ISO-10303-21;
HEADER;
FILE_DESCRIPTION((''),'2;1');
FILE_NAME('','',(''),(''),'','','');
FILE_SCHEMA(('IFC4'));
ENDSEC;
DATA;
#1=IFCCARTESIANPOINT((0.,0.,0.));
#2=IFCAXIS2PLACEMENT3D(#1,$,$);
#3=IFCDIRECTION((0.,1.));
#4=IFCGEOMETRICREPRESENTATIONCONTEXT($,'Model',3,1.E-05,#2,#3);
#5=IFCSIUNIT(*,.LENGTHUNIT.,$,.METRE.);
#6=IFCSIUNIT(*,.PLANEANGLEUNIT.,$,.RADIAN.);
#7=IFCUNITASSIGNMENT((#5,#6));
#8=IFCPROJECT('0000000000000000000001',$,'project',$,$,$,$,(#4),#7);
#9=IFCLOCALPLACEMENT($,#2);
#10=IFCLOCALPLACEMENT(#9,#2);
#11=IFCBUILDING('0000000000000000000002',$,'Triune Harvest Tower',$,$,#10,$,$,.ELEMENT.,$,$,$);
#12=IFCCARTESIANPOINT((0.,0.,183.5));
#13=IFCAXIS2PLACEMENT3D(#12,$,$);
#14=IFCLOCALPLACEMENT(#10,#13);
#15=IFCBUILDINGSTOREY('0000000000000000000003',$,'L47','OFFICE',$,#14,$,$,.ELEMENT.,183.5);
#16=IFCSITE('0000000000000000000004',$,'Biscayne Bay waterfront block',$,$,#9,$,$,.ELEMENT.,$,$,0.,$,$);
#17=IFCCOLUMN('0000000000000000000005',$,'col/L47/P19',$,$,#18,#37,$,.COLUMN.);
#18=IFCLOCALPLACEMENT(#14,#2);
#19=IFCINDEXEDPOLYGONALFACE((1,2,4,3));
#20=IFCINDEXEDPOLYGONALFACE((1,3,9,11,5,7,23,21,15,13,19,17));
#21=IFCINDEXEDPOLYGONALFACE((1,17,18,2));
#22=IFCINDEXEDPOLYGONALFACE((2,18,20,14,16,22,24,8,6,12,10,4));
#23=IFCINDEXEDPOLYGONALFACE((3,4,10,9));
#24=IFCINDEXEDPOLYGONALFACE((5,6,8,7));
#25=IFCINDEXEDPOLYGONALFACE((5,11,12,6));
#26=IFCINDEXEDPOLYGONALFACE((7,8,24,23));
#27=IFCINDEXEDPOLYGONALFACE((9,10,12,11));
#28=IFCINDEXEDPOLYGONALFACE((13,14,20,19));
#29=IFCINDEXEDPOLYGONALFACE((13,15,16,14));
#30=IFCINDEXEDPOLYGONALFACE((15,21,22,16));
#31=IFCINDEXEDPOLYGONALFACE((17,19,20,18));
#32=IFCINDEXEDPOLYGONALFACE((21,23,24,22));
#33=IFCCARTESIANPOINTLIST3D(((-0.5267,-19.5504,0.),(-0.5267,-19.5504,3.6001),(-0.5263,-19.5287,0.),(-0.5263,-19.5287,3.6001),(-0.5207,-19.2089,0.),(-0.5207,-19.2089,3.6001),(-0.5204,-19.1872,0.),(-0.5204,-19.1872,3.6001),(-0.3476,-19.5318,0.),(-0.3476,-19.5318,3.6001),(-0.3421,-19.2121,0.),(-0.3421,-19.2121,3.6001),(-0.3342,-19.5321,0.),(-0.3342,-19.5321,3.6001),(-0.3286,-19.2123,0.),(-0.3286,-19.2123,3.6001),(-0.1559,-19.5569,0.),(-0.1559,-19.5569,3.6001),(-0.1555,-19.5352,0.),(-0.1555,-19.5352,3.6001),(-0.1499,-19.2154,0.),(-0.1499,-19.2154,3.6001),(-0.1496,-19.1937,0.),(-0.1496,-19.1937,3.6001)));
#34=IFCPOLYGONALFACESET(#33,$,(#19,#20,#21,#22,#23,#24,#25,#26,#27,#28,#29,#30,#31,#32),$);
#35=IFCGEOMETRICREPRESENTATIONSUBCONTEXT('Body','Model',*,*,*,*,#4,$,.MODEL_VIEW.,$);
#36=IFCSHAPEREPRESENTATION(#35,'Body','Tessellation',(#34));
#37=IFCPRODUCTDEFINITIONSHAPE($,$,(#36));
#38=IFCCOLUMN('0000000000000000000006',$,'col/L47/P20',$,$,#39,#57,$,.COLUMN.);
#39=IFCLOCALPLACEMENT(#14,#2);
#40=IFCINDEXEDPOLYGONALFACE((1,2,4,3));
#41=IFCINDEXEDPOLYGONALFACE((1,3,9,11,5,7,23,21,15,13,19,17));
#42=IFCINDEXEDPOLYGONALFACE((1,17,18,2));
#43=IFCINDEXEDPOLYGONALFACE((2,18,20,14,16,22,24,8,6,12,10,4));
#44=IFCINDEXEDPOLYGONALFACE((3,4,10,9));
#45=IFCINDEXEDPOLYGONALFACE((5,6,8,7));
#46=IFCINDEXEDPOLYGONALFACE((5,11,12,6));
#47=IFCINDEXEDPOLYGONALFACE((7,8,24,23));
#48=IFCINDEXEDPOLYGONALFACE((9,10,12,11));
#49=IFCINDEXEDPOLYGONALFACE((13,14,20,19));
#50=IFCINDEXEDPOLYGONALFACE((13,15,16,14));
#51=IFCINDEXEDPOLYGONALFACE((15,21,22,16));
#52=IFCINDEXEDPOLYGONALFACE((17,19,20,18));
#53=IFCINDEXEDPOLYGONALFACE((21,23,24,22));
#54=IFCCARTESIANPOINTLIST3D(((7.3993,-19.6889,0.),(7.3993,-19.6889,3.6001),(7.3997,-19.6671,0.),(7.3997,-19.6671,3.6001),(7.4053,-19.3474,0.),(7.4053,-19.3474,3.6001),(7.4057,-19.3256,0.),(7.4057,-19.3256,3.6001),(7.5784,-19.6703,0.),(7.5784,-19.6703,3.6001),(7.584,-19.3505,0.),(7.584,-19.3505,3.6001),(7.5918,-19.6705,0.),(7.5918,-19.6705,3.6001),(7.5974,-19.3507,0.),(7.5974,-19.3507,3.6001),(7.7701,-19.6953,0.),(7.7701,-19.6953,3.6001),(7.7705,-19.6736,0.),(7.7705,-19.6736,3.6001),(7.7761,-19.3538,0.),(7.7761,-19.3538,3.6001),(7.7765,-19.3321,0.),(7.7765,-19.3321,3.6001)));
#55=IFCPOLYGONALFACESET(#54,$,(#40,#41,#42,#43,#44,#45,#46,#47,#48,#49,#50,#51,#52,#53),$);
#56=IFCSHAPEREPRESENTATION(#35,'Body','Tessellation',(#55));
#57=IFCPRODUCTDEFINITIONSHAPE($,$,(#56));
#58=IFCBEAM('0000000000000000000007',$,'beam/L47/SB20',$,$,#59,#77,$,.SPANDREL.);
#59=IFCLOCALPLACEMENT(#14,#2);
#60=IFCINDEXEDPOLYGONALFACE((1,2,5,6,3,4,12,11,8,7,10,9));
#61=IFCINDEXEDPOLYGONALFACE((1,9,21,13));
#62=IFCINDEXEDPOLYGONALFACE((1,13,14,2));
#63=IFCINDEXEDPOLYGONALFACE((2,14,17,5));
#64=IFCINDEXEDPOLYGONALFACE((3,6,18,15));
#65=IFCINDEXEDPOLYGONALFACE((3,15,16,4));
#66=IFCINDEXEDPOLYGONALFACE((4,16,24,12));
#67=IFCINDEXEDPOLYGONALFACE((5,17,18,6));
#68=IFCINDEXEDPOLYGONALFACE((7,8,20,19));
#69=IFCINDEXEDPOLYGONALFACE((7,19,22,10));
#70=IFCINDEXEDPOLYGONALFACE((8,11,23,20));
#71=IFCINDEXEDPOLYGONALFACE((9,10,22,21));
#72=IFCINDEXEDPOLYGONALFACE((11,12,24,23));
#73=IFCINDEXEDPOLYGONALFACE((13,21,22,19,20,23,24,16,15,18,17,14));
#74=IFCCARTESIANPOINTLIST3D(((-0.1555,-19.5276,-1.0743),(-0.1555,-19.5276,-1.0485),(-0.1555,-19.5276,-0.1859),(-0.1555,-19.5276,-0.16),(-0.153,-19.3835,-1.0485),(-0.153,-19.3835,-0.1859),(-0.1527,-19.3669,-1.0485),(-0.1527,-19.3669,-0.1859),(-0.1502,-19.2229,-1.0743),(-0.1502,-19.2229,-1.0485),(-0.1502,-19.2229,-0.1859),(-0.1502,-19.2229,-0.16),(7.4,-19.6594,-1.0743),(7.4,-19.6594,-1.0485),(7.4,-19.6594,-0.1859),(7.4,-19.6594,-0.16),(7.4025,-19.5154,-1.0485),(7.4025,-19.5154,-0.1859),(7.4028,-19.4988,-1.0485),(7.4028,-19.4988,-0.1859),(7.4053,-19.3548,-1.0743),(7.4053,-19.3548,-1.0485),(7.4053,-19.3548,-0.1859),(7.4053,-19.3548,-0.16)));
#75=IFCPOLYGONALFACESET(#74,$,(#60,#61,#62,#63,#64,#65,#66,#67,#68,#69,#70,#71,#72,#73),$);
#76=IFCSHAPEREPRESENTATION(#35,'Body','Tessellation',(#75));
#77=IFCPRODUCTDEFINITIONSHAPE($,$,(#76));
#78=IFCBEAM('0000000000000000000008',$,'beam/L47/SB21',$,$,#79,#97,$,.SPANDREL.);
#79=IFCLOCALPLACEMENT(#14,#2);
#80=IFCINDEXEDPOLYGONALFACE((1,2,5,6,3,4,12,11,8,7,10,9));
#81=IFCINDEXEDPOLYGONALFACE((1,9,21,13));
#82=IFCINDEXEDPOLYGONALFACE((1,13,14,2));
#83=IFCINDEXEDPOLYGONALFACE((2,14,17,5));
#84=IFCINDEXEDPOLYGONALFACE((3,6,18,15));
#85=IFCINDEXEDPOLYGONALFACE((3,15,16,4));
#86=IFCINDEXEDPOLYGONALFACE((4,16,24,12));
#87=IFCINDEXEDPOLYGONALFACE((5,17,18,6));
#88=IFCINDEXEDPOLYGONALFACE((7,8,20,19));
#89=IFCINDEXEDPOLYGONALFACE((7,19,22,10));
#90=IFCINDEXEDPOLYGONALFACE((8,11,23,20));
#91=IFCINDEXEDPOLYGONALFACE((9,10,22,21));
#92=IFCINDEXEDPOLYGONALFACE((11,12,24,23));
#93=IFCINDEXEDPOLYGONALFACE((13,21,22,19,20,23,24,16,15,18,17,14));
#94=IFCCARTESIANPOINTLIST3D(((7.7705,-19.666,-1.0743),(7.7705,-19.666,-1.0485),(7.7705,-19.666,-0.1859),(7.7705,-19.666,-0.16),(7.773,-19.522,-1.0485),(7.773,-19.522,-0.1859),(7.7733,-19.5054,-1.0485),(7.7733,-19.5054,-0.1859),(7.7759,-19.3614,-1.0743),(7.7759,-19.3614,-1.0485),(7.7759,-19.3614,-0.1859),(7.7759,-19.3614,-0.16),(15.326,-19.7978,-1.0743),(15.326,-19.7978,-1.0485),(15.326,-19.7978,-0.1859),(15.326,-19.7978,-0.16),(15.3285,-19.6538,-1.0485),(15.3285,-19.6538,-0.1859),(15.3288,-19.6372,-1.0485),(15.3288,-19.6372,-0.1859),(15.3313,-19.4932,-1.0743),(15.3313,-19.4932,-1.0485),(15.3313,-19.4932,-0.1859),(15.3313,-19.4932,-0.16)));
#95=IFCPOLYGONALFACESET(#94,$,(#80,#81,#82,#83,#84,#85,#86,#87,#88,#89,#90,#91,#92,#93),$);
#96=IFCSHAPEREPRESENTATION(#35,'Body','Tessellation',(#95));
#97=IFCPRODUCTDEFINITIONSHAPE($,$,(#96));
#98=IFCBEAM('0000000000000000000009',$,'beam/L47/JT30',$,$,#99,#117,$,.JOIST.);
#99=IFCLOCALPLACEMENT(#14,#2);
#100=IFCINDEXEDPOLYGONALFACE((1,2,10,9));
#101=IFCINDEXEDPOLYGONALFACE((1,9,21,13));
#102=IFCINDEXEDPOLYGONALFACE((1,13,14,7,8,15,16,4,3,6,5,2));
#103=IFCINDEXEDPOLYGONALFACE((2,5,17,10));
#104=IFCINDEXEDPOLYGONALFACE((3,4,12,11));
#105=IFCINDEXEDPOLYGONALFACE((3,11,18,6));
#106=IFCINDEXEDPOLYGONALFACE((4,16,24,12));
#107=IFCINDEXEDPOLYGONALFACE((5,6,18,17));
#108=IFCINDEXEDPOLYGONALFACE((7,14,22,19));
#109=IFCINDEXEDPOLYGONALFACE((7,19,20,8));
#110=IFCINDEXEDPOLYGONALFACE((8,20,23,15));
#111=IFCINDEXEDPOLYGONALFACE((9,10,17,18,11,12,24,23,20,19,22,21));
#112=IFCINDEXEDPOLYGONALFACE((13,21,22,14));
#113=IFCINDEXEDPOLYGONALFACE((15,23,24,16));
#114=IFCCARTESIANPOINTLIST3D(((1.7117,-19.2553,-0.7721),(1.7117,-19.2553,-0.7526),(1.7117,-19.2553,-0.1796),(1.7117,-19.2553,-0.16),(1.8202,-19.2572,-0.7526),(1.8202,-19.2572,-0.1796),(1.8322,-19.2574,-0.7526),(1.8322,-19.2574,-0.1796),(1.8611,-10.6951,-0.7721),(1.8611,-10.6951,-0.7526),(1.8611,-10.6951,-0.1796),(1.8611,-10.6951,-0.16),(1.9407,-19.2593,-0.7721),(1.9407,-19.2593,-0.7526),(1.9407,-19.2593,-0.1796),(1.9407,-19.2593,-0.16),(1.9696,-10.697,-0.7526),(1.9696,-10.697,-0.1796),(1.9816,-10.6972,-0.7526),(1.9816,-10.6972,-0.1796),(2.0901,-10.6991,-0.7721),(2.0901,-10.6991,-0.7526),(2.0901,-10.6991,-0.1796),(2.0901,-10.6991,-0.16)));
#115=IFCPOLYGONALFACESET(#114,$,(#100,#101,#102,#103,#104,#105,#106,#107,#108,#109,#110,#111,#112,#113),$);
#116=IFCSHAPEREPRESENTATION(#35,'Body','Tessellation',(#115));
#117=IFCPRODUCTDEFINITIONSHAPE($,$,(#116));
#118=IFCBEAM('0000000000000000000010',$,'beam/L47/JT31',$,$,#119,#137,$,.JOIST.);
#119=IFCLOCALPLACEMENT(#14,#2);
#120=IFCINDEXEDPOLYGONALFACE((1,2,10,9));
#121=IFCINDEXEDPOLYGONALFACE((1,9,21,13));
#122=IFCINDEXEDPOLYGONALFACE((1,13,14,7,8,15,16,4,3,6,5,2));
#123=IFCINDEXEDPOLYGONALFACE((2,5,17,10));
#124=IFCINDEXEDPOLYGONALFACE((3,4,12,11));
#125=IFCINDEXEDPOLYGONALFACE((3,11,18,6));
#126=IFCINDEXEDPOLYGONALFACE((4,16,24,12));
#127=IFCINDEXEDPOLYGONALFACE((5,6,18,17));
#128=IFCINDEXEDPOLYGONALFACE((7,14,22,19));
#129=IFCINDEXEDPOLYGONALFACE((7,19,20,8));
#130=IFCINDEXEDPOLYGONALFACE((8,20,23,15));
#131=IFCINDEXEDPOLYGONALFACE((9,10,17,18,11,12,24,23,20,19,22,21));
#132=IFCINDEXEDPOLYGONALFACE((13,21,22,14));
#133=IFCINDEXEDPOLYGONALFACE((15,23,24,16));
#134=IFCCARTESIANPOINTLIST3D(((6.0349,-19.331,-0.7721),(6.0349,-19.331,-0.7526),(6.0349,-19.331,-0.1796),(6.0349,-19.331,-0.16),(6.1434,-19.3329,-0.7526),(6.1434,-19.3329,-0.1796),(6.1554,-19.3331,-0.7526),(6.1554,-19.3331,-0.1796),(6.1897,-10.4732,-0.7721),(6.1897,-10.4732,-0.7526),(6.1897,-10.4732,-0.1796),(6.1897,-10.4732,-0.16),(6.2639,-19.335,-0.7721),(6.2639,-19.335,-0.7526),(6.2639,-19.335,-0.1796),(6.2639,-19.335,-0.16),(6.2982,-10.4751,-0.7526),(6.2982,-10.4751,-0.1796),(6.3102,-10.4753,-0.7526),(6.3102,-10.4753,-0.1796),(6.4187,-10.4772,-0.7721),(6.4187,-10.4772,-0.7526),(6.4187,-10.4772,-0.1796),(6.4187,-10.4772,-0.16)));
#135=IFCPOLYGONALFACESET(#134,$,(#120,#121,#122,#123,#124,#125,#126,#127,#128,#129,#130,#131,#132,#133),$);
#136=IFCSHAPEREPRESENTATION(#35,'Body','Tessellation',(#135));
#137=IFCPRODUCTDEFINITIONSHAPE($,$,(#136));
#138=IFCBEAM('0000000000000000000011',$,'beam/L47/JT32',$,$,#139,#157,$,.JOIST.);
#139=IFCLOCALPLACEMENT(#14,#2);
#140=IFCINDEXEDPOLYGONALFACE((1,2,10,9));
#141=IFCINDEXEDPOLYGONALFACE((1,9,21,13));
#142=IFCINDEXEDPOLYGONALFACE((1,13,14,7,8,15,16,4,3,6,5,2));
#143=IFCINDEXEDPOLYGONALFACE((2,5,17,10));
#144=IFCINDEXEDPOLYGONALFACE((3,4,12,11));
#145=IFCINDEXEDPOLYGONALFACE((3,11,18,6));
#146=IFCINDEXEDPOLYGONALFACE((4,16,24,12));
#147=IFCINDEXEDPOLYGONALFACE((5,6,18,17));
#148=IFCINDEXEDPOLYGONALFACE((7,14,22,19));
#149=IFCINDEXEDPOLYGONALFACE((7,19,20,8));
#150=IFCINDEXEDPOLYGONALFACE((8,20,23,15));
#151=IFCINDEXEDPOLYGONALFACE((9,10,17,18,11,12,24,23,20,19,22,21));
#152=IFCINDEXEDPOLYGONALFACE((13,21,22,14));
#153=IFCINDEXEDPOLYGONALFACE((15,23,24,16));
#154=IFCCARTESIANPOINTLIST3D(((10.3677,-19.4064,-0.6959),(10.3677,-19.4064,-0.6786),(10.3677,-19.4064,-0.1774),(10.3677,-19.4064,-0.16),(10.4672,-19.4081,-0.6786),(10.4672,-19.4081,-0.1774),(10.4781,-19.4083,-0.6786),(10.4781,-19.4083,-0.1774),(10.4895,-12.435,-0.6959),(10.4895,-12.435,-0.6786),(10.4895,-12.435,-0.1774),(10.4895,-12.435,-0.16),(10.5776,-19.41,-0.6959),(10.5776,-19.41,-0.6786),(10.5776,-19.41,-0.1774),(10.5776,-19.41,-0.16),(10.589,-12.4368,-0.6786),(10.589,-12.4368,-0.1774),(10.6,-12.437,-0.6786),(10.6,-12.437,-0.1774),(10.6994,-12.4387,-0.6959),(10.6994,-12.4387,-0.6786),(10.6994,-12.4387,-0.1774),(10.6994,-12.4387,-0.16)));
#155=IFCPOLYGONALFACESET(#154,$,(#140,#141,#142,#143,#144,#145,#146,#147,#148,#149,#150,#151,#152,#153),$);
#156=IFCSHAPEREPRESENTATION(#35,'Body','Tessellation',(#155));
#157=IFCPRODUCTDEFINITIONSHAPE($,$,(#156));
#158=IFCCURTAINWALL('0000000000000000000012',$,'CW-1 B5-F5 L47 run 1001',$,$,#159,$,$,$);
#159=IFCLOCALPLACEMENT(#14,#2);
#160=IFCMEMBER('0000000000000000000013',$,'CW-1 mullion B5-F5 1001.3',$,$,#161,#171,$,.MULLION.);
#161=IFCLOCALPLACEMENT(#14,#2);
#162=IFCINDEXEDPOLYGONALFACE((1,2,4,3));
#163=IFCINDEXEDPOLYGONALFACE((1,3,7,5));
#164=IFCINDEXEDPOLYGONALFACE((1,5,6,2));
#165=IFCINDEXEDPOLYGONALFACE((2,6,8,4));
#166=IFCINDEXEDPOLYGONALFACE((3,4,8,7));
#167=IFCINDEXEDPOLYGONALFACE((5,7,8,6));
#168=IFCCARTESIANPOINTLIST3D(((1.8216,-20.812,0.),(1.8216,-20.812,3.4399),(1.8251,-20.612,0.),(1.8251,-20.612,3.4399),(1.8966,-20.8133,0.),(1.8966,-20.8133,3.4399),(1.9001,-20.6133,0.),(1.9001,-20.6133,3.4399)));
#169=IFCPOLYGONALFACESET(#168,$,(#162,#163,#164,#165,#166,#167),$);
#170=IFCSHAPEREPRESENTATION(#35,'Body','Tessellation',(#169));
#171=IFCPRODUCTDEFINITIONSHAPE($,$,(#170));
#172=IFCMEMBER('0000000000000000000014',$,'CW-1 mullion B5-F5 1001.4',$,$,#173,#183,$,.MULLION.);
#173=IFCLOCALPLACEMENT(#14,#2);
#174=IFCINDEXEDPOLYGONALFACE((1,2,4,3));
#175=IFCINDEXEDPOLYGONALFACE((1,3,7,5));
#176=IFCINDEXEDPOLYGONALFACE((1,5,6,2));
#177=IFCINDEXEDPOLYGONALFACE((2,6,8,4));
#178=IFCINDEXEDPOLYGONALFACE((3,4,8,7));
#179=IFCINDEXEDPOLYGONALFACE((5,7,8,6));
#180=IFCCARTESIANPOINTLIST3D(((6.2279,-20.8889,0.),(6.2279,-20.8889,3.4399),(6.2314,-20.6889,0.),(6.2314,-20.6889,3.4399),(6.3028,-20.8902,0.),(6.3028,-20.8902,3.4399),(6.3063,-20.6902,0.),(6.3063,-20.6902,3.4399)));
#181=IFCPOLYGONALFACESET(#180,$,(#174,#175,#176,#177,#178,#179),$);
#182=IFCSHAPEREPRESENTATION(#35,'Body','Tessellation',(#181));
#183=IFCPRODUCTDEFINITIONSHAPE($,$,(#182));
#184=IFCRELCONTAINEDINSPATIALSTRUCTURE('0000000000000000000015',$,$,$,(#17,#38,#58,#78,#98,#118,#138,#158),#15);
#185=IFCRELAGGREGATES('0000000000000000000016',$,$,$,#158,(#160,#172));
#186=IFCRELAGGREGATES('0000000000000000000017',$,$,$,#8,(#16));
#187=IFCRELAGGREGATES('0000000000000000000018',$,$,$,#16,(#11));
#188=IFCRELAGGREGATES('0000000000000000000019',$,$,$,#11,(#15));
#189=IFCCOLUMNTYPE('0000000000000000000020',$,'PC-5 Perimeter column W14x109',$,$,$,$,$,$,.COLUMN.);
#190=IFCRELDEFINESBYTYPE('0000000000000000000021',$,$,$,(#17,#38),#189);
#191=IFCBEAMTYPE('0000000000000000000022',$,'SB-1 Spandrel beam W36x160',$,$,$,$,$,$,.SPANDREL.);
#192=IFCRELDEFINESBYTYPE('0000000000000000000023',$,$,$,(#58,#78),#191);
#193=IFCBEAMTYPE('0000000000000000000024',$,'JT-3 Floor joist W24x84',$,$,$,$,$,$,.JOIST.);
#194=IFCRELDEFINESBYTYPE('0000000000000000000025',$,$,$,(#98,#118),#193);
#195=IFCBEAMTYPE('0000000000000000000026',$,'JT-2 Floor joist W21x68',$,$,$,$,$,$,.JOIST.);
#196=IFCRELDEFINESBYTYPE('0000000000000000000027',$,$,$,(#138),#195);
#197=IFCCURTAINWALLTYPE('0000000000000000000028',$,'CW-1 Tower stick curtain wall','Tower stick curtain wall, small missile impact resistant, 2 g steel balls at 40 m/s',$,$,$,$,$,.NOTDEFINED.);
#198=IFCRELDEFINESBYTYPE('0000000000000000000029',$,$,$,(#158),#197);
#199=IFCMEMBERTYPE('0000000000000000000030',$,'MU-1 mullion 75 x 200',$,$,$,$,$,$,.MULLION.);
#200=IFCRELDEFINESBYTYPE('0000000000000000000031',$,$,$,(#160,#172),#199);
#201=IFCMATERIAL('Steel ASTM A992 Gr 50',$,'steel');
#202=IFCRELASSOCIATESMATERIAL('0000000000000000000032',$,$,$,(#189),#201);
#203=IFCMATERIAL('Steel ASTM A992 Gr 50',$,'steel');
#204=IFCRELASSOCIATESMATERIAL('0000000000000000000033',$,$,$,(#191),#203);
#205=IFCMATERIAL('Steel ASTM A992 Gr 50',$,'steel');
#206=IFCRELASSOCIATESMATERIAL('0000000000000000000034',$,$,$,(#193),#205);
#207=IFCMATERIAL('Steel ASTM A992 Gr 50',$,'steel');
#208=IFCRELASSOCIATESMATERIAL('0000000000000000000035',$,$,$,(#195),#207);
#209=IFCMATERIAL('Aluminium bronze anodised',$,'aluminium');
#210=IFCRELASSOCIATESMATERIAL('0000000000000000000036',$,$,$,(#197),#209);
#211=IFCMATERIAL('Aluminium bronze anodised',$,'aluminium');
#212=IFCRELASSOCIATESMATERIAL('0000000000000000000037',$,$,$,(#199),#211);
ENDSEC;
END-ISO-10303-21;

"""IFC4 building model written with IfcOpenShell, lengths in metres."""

from ifc_helpers import new_model, si_unit, direction, frame, origin, origin_2d, place, context, subcontext, project, spatial, rectangle, i_section, extrude, source, transform, mapped, material, material_profile, profile_set, type_object, element, aggregate, save


model = new_model("IFC4")

# Units and contexts
model_context = context("Model", 3, precision=1e-05, world=origin(), true_north=direction((0.0, 1.0)))
body_context = subcontext(model_context, "Body", "Model", "MODEL_VIEW")
ifc_project = project(units=[si_unit("LENGTHUNIT", "METRE"), si_unit("PLANEANGLEUNIT", "RADIAN")], contexts=[model_context])

# Site, building, storey
site_placement = place(None, origin())
site = spatial("IfcSite", under=ifc_project, at=site_placement, Name="Biscayne Bay waterfront block", CompositionType="ELEMENT", RefElevation=0.0)
building_placement = place(site_placement, origin())
building = spatial("IfcBuilding", under=site, at=building_placement, Name="Triune Harvest Tower", CompositionType="ELEMENT")
storey_placement = place(building_placement, frame((0.0, 0.0, 183.5)))
storey = spatial("IfcBuildingStorey", under=building, at=storey_placement, Name="L47", Description="OFFICE", CompositionType="ELEMENT", Elevation=183.5)

# Columns
ifc_material_1 = material(Name="Steel ASTM A992 Gr 50", Category="steel")
ifc_material_profile_1 = material_profile(ifc_material_1, i_section(OverallWidth=0.3708, OverallDepth=0.3633, WebThickness=0.0134, FlangeThickness=0.0217, at=origin_2d()), Name="W14x109")
ifc_profile_set_1 = profile_set([ifc_material_profile_1], Name="Steel ASTM A992 Gr 50")
column_type = type_object("IfcColumnType", Name="PC-5 Perimeter column W14x109", PredefinedType="COLUMN", material=ifc_profile_set_1)
shared_shape_1 = source(origin(), body_context, "Body", "SweptSolid", [
    extrude(i_section(OverallWidth=0.3708, OverallDepth=0.3633, WebThickness=0.0134, FlangeThickness=0.0217, at=origin_2d()), origin(), (0.0, 0.0, 1.0), 3.6001),
])
for number, where, z_axis, x_axis, name in (
    (1, (-0.3381, -19.3721, 0.0), (0.0, 0.0, 1.0), (0.999848, -0.017452, 0.0), "col/L47/P19"),
    (2, (7.5879, -19.5105, 0.0), (0.0, 0.0, 1.0), (0.999848, -0.017452, 0.0), "col/L47/P20"),
):
    element("IfcColumn", number, at=place(storey_placement, frame(where, z_axis=z_axis, x_axis=x_axis)), inside=storey, type_object=column_type, Name=name, PredefinedType="COLUMN", context=body_context, shape_type="MappedRepresentation", body=[
        mapped(shared_shape_1, transform((0.0, 0.0, 0.0), scale=1.0)),
    ])

# Beams
ifc_material_2 = material(Name="Steel ASTM A992 Gr 50", Category="steel")
ifc_material_profile_2 = material_profile(ifc_material_2, i_section(OverallWidth=0.3047, OverallDepth=0.9143, WebThickness=0.0166, FlangeThickness=0.0259, at=origin_2d()), Name="W36x160")
ifc_profile_set_2 = profile_set([ifc_material_profile_2], Name="Steel ASTM A992 Gr 50")
beam_type_1 = type_object("IfcBeamType", Name="SB-1 Spandrel beam W36x160", PredefinedType="SPANDREL", material=ifc_profile_set_2)
shared_shape_2 = source(origin(), body_context, "Body", "SweptSolid", [
    extrude(i_section(OverallWidth=0.3047, OverallDepth=0.9143, WebThickness=0.0166, FlangeThickness=0.0259, at=origin_2d()), origin(), (0.0, 0.0, 1.0), 7.5566),
])
for number, where, z_axis, x_axis, name in (
    (3, (-0.1528, -19.3752, -0.6172), (0.999848, -0.017447, 0.0), (0.017447, 0.999848, 0.0), "beam/L47/SB20"),
    (4, (7.7732, -19.5137, -0.6172), (0.999848, -0.017447, 0.0), (0.017447, 0.999848, 0.0), "beam/L47/SB21"),
):
    element("IfcBeam", number, at=place(storey_placement, frame(where, z_axis=z_axis, x_axis=x_axis)), inside=storey, type_object=beam_type_1, Name=name, PredefinedType="SPANDREL", context=body_context, shape_type="MappedRepresentation", body=[
        mapped(shared_shape_2, transform((0.0, 0.0, 0.0), scale=1.0)),
    ])
ifc_material_3 = material(Name="Steel ASTM A992 Gr 50", Category="steel")
ifc_material_profile_3 = material_profile(ifc_material_3, i_section(OverallWidth=0.229, OverallDepth=0.6121, WebThickness=0.012, FlangeThickness=0.0195, at=origin_2d()), Name="W24x84")
ifc_profile_set_3 = profile_set([ifc_material_profile_3], Name="Steel ASTM A992 Gr 50")
beam_type_2 = type_object("IfcBeamType", Name="JT-3 Floor joist W24x84", PredefinedType="JOIST", material=ifc_profile_set_3)
shared_shape_3 = source(origin(), body_context, "Body", "SweptSolid", [
    extrude(i_section(OverallWidth=0.229, OverallDepth=0.6121, WebThickness=0.012, FlangeThickness=0.0195, at=origin_2d()), origin(), (0.0, 0.0, 1.0), 8.5615),
])
beam_1_placement = place(storey_placement, frame((1.8262, -19.2573, -0.4661), z_axis=(0.017452, 0.999848, 0.0), x_axis=(-0.999848, 0.017452, 0.0)))
element("IfcBeam", 5, at=beam_1_placement, inside=storey, type_object=beam_type_2, Name="beam/L47/JT30", PredefinedType="JOIST", context=body_context, shape_type="MappedRepresentation", body=[
    mapped(shared_shape_3, transform((0.0, 0.0, 0.0), scale=1.0)),
])
shared_shape_4 = source(origin(), body_context, "Body", "SweptSolid", [
    extrude(i_section(OverallWidth=0.229, OverallDepth=0.6121, WebThickness=0.012, FlangeThickness=0.0195, at=origin_2d()), origin(), (0.0, 0.0, 1.0), 8.8591),
])
beam_2_placement = place(storey_placement, frame((6.1494, -19.333, -0.4661), z_axis=(0.017472, 0.999847, 0.0), x_axis=(-0.999847, 0.017472, 0.0)))
element("IfcBeam", 6, at=beam_2_placement, inside=storey, type_object=beam_type_2, Name="beam/L47/JT31", PredefinedType="JOIST", context=body_context, shape_type="MappedRepresentation", body=[
    mapped(shared_shape_4, transform((0.0, 0.0, 0.0), scale=1.0)),
])
ifc_material_4 = material(Name="Steel ASTM A992 Gr 50", Category="steel")
ifc_material_profile_4 = material_profile(ifc_material_4, i_section(OverallWidth=0.21, OverallDepth=0.5359, WebThickness=0.011, FlangeThickness=0.0173, at=origin_2d()), Name="W21x68")
ifc_profile_set_4 = profile_set([ifc_material_profile_4], Name="Steel ASTM A992 Gr 50")
beam_type_3 = type_object("IfcBeamType", Name="JT-2 Floor joist W21x68", PredefinedType="JOIST", material=ifc_profile_set_4)
shared_shape_5 = source(origin(), body_context, "Body", "SweptSolid", [
    extrude(i_section(OverallWidth=0.21, OverallDepth=0.5359, WebThickness=0.011, FlangeThickness=0.0173, at=origin_2d()), origin(), (0.0, 0.0, 1.0), 6.9724),
])
beam_3_placement = place(storey_placement, frame((10.4727, -19.4082, -0.428), z_axis=(0.017472, 0.999847, 0.0), x_axis=(-0.999847, 0.017472, 0.0)))
element("IfcBeam", 7, at=beam_3_placement, inside=storey, type_object=beam_type_3, Name="beam/L47/JT32", PredefinedType="JOIST", context=body_context, shape_type="MappedRepresentation", body=[
    mapped(shared_shape_5, transform((0.0, 0.0, 0.0), scale=1.0)),
])

# Curtain wall, members
ifc_material_5 = material(Name="Aluminium bronze anodised", Category="aluminium")
curtain_wall_type_1 = type_object("IfcCurtainWallType", Name="CW-1 Tower stick curtain wall", Description="Tower stick curtain wall, small missile impact resistant, 2 g steel balls at 40 m/s", PredefinedType="NOTDEFINED", material=ifc_material_5)
curtain_wall_1_placement = place(storey_placement, origin())
curtain_wall_1 = element("IfcCurtainWall", 8, at=curtain_wall_1_placement, inside=storey, type_object=curtain_wall_type_1, Name="CW-1 B5-F5 L47 run 1001")
ifc_material_6 = material(Name="Aluminium bronze anodised", Category="aluminium")
ifc_material_profile_5 = material_profile(ifc_material_6, rectangle(XDim=0.2, YDim=0.075, at=origin_2d()), Name="MU-1 mullion 75 x 200")
ifc_profile_set_5 = profile_set([ifc_material_profile_5], Name="Aluminium bronze anodised")
member_type_1 = type_object("IfcMemberType", Name="MU-1 mullion 75 x 200", PredefinedType="MULLION", material=ifc_profile_set_5)
shared_shape_6 = source(origin(), body_context, "Body", "SweptSolid", [
    extrude(rectangle(XDim=0.2, YDim=0.075, at=origin_2d()), origin(), (0.0, 0.0, 1.0), 3.4399),
])
member_1_placement = place(storey_placement, frame((1.8608, -20.7126, 0.0), z_axis=(0.0, 0.0, 1.0), x_axis=(0.017453, 0.999848, 0.0)))
member_1 = element("IfcMember", 9, at=member_1_placement, type_object=member_type_1, Name="CW-1 mullion B5-F5 1001.3", PredefinedType="MULLION", context=body_context, shape_type="MappedRepresentation", body=[
    mapped(shared_shape_6, transform((0.0, 0.0, 0.0), scale=1.0)),
])
member_2_placement = place(storey_placement, frame((6.2671, -20.7896, 0.0), z_axis=(0.0, 0.0, 1.0), x_axis=(0.017453, 0.999848, 0.0)))
member_2 = element("IfcMember", 10, at=member_2_placement, type_object=member_type_1, Name="CW-1 mullion B5-F5 1001.4", PredefinedType="MULLION", context=body_context, shape_type="MappedRepresentation", body=[
    mapped(shared_shape_6, transform((0.0, 0.0, 0.0), scale=1.0)),
])

aggregate(curtain_wall_1, [member_1, member_2])

save(model, "model.ifc")
